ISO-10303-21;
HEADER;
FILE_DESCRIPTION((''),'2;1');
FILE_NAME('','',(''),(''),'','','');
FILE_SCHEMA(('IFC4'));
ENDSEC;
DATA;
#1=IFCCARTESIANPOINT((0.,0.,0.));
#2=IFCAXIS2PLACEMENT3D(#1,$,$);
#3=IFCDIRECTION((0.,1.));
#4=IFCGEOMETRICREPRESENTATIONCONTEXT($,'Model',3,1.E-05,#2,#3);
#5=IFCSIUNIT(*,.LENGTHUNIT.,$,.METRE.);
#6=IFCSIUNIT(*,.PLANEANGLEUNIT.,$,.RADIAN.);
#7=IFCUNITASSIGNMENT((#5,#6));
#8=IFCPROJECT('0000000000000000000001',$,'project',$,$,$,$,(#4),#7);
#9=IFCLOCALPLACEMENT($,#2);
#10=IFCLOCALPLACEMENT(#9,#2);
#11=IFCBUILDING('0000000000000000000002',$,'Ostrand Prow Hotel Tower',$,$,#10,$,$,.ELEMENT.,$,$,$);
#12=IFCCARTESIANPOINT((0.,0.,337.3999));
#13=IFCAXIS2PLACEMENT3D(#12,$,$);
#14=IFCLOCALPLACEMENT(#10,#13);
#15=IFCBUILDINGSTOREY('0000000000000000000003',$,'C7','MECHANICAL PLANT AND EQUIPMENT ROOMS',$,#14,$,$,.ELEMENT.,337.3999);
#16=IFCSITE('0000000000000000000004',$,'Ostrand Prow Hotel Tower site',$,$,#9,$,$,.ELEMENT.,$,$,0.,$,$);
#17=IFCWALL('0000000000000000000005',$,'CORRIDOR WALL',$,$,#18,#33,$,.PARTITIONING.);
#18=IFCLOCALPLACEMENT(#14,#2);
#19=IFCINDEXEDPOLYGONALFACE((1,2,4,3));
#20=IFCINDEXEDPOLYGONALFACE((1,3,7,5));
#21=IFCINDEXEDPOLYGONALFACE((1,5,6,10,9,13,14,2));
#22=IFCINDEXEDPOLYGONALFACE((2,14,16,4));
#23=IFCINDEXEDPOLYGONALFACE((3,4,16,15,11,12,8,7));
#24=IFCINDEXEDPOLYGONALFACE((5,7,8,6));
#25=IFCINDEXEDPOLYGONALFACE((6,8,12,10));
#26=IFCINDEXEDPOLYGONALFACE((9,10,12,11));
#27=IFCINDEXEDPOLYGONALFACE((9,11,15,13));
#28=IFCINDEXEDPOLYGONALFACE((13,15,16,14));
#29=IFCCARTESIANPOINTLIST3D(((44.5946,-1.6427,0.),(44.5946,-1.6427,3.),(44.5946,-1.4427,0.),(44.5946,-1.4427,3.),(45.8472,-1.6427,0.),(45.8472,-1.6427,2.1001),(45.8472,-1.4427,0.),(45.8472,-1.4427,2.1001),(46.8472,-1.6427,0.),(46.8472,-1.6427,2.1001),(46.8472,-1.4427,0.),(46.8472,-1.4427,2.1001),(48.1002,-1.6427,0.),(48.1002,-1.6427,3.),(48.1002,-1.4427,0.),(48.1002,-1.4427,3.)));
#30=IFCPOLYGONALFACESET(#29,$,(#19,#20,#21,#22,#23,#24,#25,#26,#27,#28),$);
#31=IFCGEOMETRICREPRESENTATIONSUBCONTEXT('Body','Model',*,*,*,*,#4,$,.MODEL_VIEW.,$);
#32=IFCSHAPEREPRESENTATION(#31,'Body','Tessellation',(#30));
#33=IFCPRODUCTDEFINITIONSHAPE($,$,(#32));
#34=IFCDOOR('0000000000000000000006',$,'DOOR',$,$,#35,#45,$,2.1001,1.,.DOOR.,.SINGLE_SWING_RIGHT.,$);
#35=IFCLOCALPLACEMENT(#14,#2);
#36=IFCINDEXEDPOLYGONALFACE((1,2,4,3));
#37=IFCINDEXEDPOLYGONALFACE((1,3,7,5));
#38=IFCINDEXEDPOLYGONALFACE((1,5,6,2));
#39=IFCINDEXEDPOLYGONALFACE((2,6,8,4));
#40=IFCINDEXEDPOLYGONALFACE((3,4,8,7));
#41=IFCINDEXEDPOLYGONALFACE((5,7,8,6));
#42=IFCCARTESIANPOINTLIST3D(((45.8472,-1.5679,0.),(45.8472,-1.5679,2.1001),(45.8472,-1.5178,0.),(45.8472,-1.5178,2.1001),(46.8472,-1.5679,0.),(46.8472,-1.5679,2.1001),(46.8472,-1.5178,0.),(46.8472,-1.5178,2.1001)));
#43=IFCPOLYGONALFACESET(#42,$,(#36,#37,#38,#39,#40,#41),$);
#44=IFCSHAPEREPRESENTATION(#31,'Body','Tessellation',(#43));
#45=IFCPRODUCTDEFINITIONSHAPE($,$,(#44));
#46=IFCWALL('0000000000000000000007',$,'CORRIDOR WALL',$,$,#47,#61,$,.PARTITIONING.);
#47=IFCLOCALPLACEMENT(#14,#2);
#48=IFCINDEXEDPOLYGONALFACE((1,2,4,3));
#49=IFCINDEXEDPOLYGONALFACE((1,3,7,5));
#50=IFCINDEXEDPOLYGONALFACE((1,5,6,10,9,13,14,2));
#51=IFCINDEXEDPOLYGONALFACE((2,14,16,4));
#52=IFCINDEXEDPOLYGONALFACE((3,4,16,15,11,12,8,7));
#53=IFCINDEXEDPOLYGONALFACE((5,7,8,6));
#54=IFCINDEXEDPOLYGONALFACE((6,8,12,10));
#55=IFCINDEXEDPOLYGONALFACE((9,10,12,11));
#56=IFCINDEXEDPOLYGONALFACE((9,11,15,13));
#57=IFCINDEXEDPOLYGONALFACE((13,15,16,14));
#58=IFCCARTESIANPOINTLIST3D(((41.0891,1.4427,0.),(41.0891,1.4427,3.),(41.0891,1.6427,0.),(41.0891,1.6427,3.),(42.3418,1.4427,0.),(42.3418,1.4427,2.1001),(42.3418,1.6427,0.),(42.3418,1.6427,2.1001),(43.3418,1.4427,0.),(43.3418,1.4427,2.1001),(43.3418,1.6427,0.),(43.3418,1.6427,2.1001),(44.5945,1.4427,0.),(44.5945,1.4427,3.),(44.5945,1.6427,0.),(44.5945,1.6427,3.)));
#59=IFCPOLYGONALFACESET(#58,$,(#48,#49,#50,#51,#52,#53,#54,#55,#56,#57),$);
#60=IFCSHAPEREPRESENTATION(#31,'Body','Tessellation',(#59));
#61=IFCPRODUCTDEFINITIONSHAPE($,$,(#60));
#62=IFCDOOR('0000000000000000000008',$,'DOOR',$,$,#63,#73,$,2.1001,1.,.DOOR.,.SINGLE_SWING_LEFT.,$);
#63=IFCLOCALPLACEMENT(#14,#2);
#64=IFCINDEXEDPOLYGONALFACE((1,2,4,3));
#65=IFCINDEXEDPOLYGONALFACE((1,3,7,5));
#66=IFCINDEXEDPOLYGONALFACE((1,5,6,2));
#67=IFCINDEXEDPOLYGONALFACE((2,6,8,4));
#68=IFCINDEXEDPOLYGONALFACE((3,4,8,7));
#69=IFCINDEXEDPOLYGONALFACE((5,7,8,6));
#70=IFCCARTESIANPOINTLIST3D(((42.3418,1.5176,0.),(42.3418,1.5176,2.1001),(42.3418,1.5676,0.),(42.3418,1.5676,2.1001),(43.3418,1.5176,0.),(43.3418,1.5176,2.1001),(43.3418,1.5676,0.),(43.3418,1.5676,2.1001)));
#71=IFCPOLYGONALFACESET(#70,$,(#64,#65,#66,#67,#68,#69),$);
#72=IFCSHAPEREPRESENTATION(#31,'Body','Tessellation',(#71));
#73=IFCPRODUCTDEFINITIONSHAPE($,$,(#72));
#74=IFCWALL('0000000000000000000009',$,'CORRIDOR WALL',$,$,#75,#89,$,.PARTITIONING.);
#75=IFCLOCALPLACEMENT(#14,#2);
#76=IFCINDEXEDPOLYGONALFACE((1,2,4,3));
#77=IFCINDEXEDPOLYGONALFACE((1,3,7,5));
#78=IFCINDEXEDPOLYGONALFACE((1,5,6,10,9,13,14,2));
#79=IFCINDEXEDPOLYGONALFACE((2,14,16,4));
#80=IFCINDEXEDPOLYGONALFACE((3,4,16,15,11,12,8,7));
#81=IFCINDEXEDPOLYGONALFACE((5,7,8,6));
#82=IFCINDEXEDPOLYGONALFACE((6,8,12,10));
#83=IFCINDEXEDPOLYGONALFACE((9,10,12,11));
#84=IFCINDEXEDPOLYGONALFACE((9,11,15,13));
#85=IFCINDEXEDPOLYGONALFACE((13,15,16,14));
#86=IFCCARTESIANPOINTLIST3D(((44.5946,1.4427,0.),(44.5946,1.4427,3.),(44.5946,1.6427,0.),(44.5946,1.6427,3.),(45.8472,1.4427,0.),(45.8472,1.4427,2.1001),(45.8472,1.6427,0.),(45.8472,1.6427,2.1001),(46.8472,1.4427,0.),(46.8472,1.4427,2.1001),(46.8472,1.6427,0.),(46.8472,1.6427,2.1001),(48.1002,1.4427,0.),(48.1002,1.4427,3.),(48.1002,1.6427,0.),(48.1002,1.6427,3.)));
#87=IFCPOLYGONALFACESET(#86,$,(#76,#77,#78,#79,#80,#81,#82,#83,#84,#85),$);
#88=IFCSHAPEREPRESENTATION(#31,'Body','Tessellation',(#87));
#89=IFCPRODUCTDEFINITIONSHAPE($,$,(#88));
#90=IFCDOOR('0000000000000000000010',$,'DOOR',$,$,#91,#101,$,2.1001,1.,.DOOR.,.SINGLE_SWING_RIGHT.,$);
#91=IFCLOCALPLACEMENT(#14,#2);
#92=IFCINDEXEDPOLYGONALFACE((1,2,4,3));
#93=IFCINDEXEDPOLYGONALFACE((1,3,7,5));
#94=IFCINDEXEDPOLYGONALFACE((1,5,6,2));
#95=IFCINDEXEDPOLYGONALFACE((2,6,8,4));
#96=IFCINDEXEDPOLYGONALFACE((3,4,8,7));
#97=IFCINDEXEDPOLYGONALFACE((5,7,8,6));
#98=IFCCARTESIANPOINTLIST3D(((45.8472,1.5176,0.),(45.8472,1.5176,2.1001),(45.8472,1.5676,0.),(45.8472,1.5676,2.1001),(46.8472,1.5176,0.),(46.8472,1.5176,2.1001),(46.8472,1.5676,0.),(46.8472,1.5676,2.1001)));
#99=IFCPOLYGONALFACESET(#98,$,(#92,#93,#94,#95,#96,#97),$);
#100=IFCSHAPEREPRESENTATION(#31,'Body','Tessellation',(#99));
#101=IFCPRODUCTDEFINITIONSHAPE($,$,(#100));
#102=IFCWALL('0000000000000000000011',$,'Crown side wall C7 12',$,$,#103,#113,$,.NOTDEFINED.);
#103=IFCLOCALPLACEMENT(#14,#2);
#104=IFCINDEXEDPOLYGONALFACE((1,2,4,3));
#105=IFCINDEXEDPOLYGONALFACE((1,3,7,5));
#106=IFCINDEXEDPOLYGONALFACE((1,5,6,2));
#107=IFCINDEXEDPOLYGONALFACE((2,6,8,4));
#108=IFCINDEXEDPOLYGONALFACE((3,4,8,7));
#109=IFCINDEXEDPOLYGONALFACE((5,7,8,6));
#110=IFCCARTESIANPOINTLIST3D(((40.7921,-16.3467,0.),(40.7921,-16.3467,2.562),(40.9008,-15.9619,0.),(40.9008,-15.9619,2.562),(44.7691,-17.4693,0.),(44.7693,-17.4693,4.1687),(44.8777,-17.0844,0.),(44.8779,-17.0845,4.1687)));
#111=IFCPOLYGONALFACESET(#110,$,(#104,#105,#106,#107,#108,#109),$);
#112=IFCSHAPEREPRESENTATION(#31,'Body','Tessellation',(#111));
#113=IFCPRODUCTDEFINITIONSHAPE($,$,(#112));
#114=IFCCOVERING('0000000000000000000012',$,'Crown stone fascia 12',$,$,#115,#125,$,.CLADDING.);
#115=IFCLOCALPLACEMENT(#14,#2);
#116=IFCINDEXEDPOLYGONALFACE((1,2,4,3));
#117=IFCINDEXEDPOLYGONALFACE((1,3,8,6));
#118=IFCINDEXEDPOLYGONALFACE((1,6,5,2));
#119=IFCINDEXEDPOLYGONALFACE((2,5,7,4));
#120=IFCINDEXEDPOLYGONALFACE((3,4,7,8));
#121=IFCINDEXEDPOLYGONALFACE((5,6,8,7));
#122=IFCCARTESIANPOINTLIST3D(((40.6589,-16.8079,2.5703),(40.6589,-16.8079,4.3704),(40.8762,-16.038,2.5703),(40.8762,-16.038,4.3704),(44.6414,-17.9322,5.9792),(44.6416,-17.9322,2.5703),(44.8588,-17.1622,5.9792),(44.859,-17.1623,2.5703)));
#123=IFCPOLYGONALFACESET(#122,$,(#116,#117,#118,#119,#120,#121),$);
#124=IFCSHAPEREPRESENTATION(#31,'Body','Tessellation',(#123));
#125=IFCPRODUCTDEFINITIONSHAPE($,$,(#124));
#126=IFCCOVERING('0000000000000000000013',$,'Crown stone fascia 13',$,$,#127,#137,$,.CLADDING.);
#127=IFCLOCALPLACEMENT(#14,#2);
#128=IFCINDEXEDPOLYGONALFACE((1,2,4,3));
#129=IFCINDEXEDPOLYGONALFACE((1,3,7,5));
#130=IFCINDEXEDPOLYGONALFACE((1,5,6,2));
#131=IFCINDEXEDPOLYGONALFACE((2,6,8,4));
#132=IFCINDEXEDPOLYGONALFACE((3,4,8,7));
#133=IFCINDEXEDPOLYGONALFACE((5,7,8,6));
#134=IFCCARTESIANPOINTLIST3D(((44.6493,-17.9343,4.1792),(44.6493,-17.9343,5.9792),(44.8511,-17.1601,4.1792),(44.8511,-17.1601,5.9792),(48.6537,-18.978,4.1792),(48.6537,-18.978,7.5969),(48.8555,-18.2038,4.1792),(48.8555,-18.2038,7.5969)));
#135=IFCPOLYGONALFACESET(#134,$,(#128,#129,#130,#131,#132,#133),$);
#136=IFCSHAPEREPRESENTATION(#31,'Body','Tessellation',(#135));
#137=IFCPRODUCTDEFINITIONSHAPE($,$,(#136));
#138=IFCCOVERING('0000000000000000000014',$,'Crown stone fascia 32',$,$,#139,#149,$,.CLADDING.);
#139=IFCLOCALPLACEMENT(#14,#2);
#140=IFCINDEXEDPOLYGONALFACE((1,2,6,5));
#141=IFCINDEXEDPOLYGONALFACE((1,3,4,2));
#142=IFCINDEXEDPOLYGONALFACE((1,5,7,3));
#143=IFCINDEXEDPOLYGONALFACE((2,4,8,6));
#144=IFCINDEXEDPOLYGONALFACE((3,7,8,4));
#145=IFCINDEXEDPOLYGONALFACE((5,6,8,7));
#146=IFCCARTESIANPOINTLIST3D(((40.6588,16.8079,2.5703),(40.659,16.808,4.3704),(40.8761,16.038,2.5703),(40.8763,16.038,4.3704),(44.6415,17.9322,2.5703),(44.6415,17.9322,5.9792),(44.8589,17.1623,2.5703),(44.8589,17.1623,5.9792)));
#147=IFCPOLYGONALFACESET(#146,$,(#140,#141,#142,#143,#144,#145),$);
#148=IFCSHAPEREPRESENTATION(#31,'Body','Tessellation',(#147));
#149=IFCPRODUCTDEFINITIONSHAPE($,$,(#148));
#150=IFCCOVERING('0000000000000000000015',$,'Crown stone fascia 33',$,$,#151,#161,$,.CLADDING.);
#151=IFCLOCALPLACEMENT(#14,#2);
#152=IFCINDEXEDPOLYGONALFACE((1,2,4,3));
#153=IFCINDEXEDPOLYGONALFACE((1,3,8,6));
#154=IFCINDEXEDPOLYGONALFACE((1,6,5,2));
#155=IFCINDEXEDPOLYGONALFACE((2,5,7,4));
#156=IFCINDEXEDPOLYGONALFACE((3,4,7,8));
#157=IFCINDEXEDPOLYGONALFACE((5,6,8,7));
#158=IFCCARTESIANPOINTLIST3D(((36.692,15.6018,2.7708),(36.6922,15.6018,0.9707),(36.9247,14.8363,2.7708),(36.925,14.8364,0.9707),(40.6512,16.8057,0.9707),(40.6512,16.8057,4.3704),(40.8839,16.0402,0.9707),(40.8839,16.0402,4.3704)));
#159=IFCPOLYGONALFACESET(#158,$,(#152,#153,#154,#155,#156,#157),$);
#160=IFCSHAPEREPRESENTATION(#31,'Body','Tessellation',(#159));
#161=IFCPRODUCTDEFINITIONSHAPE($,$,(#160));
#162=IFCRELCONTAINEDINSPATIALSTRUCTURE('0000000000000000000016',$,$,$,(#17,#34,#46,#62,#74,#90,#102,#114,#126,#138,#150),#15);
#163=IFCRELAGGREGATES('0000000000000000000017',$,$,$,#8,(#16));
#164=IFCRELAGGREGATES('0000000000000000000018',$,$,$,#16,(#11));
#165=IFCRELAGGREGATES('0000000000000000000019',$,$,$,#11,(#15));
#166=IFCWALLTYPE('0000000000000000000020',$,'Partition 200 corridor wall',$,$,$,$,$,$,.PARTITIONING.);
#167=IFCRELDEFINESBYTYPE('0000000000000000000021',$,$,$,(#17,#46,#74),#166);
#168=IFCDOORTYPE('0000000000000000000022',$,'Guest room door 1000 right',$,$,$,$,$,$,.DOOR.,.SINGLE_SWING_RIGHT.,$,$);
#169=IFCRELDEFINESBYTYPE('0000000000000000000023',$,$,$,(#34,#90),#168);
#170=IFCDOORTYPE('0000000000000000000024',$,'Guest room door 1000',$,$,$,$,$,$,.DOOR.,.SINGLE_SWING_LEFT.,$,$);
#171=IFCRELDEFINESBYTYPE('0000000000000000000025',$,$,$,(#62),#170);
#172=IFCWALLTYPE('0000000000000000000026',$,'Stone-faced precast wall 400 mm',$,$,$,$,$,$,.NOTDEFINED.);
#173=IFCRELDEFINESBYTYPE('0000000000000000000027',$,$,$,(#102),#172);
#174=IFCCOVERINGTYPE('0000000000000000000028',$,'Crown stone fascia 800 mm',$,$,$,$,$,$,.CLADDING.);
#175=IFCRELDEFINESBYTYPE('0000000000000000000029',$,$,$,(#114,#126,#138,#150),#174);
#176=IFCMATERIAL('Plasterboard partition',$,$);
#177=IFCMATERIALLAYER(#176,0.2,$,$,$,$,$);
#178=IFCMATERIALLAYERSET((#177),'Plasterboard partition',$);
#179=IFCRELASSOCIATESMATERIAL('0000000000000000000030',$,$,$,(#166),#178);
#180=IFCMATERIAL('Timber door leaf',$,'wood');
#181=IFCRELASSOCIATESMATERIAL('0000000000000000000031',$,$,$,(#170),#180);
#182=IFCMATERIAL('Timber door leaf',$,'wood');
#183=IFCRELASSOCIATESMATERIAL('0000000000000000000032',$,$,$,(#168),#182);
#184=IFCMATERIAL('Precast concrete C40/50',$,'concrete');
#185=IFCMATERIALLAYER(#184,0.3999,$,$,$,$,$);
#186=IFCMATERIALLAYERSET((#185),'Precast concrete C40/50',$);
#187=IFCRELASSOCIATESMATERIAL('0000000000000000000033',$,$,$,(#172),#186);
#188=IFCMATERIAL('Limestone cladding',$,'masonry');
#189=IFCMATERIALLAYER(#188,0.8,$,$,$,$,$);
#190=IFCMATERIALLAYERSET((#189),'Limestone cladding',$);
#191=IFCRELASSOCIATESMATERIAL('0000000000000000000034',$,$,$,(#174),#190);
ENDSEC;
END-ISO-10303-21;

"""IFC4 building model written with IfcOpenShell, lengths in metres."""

from ifc_helpers import new_model, si_unit, direction, frame, frame_2d, origin, place, context, subcontext, project, spatial, polyline, rectangle, outline, extrude, material, layer, layer_set, type_object, element, fill, save


model = new_model("IFC4")

# Units and contexts
model_context = context("Model", 3, precision=1e-05, world=origin(), true_north=direction((0.0, 1.0)))
body_context = subcontext(model_context, "Body", "Model", "MODEL_VIEW")
ifc_project = project(units=[si_unit("LENGTHUNIT", "METRE"), si_unit("PLANEANGLEUNIT", "RADIAN")], contexts=[model_context])

# Site, building, storey
site_placement = place(None, origin())
site = spatial("IfcSite", under=ifc_project, at=site_placement, Name="Ostrand Prow Hotel Tower site", CompositionType="ELEMENT", RefElevation=0.0)
building_placement = place(site_placement, origin())
building = spatial("IfcBuilding", under=site, at=building_placement, Name="Ostrand Prow Hotel Tower", CompositionType="ELEMENT")
storey_placement = place(building_placement, frame((0.0, 0.0, 337.3999)))
storey = spatial("IfcBuildingStorey", under=building, at=storey_placement, Name="C7", Description="MECHANICAL PLANT AND EQUIPMENT ROOMS", CompositionType="ELEMENT", Elevation=337.3999)

# Walls, openings, doors
ifc_material_1 = material(Name="Plasterboard partition")
ifc_layer_1 = layer(ifc_material_1, 0.2)
ifc_layer_set_1 = layer_set([ifc_layer_1], Name="Plasterboard partition")
wall_type_1 = type_object("IfcWallType", Name="Partition 200 corridor wall", PredefinedType="PARTITIONING", material=ifc_layer_set_1)
ifc_material_2 = material(Name="Timber door leaf", Category="wood")
door_type_1 = type_object("IfcDoorType", Name="Guest room door 1000", OperationType="SINGLE_SWING_LEFT", PredefinedType="DOOR", material=ifc_material_2)
wall_1_placement = place(storey_placement, frame((44.5945, -1.5427, 0.0), z_axis=(0.0, 0.0, 1.0), x_axis=(1.0, 0.0, 0.0)))
wall_1 = element("IfcWall", 1, at=wall_1_placement, inside=storey, type_object=wall_type_1, Name="CORRIDOR WALL", PredefinedType="PARTITIONING", context=body_context, shape_type="SweptSolid", body=[
    extrude(rectangle(XDim=3.5056, YDim=0.2, at=frame_2d((1.7529, 0.0))), origin(), (0.0, 0.0, 1.0), 3.0),
])
opening_1_placement = place(wall_1_placement, frame((1.2527, 0.0, 0.0)))
opening_1 = element("IfcOpeningElement", 2, at=opening_1_placement, cuts=wall_1, PredefinedType="OPENING", context=body_context, shape_type="SweptSolid", body=[
    extrude(rectangle(XDim=1.0, YDim=2.1001, at=frame_2d((0.5, 1.05))), frame((0.0, 0.1099, 0.0), z_axis=(0.0, -1.0, 0.0), x_axis=(1.0, 0.0, 0.0)), (0.0, 0.0, 1.0), 0.22),
])
ifc_material_3 = material(Name="Timber door leaf", Category="wood")
door_type_2 = type_object("IfcDoorType", Name="Guest room door 1000 right", OperationType="SINGLE_SWING_RIGHT", PredefinedType="DOOR", material=ifc_material_3)
door_1_placement = place(opening_1_placement, origin())
door_1 = element("IfcDoor", 3, at=door_1_placement, inside=storey, type_object=door_type_2, Name="DOOR", OperationType="SINGLE_SWING_RIGHT", OverallHeight=2.1001, OverallWidth=1.0, PredefinedType="DOOR", context=body_context, shape_type="SweptSolid", body=[
    extrude(rectangle(XDim=1.0, YDim=2.1001, at=frame_2d((0.5, 1.05))), frame((0.0, 0.0249, 0.0), z_axis=(0.0, -1.0, 0.0), x_axis=(1.0, 0.0, 0.0)), (0.0, 0.0, 1.0), 0.05),
])
fill(opening_1, door_1)
wall_2_placement = place(storey_placement, frame((41.0891, 1.5427, 0.0), z_axis=(0.0, 0.0, 1.0), x_axis=(1.0, 0.0, 0.0)))
wall_2 = element("IfcWall", 4, at=wall_2_placement, inside=storey, type_object=wall_type_1, Name="CORRIDOR WALL", PredefinedType="PARTITIONING", context=body_context, shape_type="SweptSolid", body=[
    extrude(rectangle(XDim=3.5054, YDim=0.2, at=frame_2d((1.7527, 0.0))), origin(), (0.0, 0.0, 1.0), 3.0),
])
opening_2_placement = place(wall_2_placement, frame((1.2527, 0.0, 0.0)))
opening_2 = element("IfcOpeningElement", 5, at=opening_2_placement, cuts=wall_2, PredefinedType="OPENING", context=body_context, shape_type="SweptSolid", body=[
    extrude(rectangle(XDim=1.0, YDim=2.1001, at=frame_2d((0.5, 1.05))), frame((0.0, 0.1099, 0.0), z_axis=(0.0, -1.0, 0.0), x_axis=(1.0, 0.0, 0.0)), (0.0, 0.0, 1.0), 0.22),
])
door_2_placement = place(opening_2_placement, origin())
door_2 = element("IfcDoor", 6, at=door_2_placement, inside=storey, type_object=door_type_1, Name="DOOR", OperationType="SINGLE_SWING_LEFT", OverallHeight=2.1001, OverallWidth=1.0, PredefinedType="DOOR", context=body_context, shape_type="SweptSolid", body=[
    extrude(rectangle(XDim=1.0, YDim=2.1001, at=frame_2d((0.5, 1.05))), frame((0.0, 0.0249, 0.0), z_axis=(0.0, -1.0, 0.0), x_axis=(1.0, 0.0, 0.0)), (0.0, 0.0, 1.0), 0.05),
])
fill(opening_2, door_2)
wall_3_placement = place(storey_placement, frame((44.5945, 1.5427, 0.0), z_axis=(0.0, 0.0, 1.0), x_axis=(1.0, 0.0, 0.0)))
wall_3 = element("IfcWall", 7, at=wall_3_placement, inside=storey, type_object=wall_type_1, Name="CORRIDOR WALL", PredefinedType="PARTITIONING", context=body_context, shape_type="SweptSolid", body=[
    extrude(rectangle(XDim=3.5056, YDim=0.2, at=frame_2d((1.7529, 0.0))), origin(), (0.0, 0.0, 1.0), 3.0),
])
opening_3_placement = place(wall_3_placement, frame((1.2527, 0.0, 0.0)))
opening_3 = element("IfcOpeningElement", 8, at=opening_3_placement, cuts=wall_3, PredefinedType="OPENING", context=body_context, shape_type="SweptSolid", body=[
    extrude(rectangle(XDim=1.0, YDim=2.1001, at=frame_2d((0.5, 1.05))), frame((0.0, 0.1099, 0.0), z_axis=(0.0, -1.0, 0.0), x_axis=(1.0, 0.0, 0.0)), (0.0, 0.0, 1.0), 0.22),
])
door_3_placement = place(opening_3_placement, origin())
door_3 = element("IfcDoor", 9, at=door_3_placement, inside=storey, type_object=door_type_2, Name="DOOR", OperationType="SINGLE_SWING_RIGHT", OverallHeight=2.1001, OverallWidth=1.0, PredefinedType="DOOR", context=body_context, shape_type="SweptSolid", body=[
    extrude(rectangle(XDim=1.0, YDim=2.1001, at=frame_2d((0.5, 1.05))), frame((0.0, 0.0249, 0.0), z_axis=(0.0, -1.0, 0.0), x_axis=(1.0, 0.0, 0.0)), (0.0, 0.0, 1.0), 0.05),
])
fill(opening_3, door_3)

# Wall
ifc_material_4 = material(Name="Precast concrete C40/50", Category="concrete")
ifc_layer_2 = layer(ifc_material_4, 0.3999)
ifc_layer_set_2 = layer_set([ifc_layer_2], Name="Precast concrete C40/50")
wall_type_2 = type_object("IfcWallType", Name="Stone-faced precast wall 400 mm", PredefinedType="NOTDEFINED", material=ifc_layer_set_2)
wall_4_placement = place(storey_placement, frame((40.8464, -16.1543, 0.0), z_axis=(0.0, 0.0, 1.0), x_axis=(0.962397, -0.271645, 0.0)))
element("IfcWall", 10, at=wall_4_placement, inside=storey, type_object=wall_type_2, Name="Crown side wall C7 12", PredefinedType="NOTDEFINED", context=body_context, shape_type="SweptSolid", body=[
    extrude(outline(polyline([(0.0, 0.0), (4.1323, 0.0), (4.1326, 4.1687), (0.0, 2.562), (0.0, 0.0)])), frame((0.0, 0.2, 0.0), z_axis=(0.0, -1.0, 0.0), x_axis=(1.0, 0.0, 0.0)), (0.0, 0.0, 1.0), 0.3999),
])

# Coverings
ifc_material_5 = material(Name="Limestone cladding", Category="masonry")
ifc_layer_3 = layer(ifc_material_5, 0.8)
ifc_layer_set_3 = layer_set([ifc_layer_3], Name="Limestone cladding")
covering_type_1 = type_object("IfcCoveringType", Name="Crown stone fascia 800 mm", PredefinedType="CLADDING", material=ifc_layer_set_3)
covering_1_placement = place(storey_placement, frame((40.7676, -16.4229, 2.5703), z_axis=(0.0, 0.0, 1.0), x_axis=(0.96239, -0.271673, 0.0)))
element("IfcCovering", 11, at=covering_1_placement, inside=storey, type_object=covering_type_1, Name="Crown stone fascia 12", PredefinedType="CLADDING", context=body_context, shape_type="SweptSolid", body=[
    extrude(outline(polyline([(0.0, 0.0), (4.1384, 0.0), (4.1382, 3.4089), (0.0, 1.8), (0.0, 0.0)])), frame((0.0, 0.3999, 0.0), z_axis=(0.0, -1.0, 0.0), x_axis=(1.0, 0.0, 0.0)), (0.0, 0.0, 1.0), 0.8),
])
covering_2_placement = place(storey_placement, frame((44.7502, -17.5471, 4.1792), z_axis=(0.0, 0.0, 1.0), x_axis=(0.967672, -0.252213, 0.0)))
element("IfcCovering", 12, at=covering_2_placement, inside=storey, type_object=covering_type_1, Name="Crown stone fascia 13", PredefinedType="CLADDING", context=body_context, shape_type="SweptSolid", body=[
    extrude(outline(polyline([(0.0, 0.0), (4.1382, 0.0), (4.1382, 3.4177), (0.0, 1.8), (0.0, 0.0)])), frame((0.0, 0.3999, 0.0), z_axis=(0.0, -1.0, 0.0), x_axis=(1.0, 0.0, 0.0)), (0.0, 0.0, 1.0), 0.8),
])
covering_3_placement = place(storey_placement, frame((44.7502, 17.5471, 2.5703), z_axis=(0.0, 0.0, 1.0), x_axis=(-0.96239, -0.271673, 0.0)))
element("IfcCovering", 13, at=covering_3_placement, inside=storey, type_object=covering_type_1, Name="Crown stone fascia 32", PredefinedType="CLADDING", context=body_context, shape_type="SweptSolid", body=[
    extrude(outline(polyline([(0.0, 0.0), (4.1384, 0.0), (4.1382, 1.8), (0.0, 3.4089), (0.0, 0.0)])), frame((0.0, 0.3999, 0.0), z_axis=(0.0, -1.0, 0.0), x_axis=(1.0, 0.0, 0.0)), (0.0, 0.0, 1.0), 0.8),
])
covering_4_placement = place(storey_placement, frame((40.7676, 16.4229, 0.9707), z_axis=(0.0, 0.0, 1.0), x_axis=(-0.956745, -0.290929, 0.0)))
element("IfcCovering", 14, at=covering_4_placement, inside=storey, type_object=covering_type_1, Name="Crown stone fascia 33", PredefinedType="CLADDING", context=body_context, shape_type="SweptSolid", body=[
    extrude(outline(polyline([(0.0, 0.0), (4.1379, 0.0), (4.1382, 1.8), (0.0, 3.3997), (0.0, 0.0)])), frame((0.0, 0.3999, 0.0), z_axis=(0.0, -1.0, 0.0), x_axis=(1.0, 0.0, 0.0)), (0.0, 0.0, 1.0), 0.8),
])

save(model, "model.ifc")
